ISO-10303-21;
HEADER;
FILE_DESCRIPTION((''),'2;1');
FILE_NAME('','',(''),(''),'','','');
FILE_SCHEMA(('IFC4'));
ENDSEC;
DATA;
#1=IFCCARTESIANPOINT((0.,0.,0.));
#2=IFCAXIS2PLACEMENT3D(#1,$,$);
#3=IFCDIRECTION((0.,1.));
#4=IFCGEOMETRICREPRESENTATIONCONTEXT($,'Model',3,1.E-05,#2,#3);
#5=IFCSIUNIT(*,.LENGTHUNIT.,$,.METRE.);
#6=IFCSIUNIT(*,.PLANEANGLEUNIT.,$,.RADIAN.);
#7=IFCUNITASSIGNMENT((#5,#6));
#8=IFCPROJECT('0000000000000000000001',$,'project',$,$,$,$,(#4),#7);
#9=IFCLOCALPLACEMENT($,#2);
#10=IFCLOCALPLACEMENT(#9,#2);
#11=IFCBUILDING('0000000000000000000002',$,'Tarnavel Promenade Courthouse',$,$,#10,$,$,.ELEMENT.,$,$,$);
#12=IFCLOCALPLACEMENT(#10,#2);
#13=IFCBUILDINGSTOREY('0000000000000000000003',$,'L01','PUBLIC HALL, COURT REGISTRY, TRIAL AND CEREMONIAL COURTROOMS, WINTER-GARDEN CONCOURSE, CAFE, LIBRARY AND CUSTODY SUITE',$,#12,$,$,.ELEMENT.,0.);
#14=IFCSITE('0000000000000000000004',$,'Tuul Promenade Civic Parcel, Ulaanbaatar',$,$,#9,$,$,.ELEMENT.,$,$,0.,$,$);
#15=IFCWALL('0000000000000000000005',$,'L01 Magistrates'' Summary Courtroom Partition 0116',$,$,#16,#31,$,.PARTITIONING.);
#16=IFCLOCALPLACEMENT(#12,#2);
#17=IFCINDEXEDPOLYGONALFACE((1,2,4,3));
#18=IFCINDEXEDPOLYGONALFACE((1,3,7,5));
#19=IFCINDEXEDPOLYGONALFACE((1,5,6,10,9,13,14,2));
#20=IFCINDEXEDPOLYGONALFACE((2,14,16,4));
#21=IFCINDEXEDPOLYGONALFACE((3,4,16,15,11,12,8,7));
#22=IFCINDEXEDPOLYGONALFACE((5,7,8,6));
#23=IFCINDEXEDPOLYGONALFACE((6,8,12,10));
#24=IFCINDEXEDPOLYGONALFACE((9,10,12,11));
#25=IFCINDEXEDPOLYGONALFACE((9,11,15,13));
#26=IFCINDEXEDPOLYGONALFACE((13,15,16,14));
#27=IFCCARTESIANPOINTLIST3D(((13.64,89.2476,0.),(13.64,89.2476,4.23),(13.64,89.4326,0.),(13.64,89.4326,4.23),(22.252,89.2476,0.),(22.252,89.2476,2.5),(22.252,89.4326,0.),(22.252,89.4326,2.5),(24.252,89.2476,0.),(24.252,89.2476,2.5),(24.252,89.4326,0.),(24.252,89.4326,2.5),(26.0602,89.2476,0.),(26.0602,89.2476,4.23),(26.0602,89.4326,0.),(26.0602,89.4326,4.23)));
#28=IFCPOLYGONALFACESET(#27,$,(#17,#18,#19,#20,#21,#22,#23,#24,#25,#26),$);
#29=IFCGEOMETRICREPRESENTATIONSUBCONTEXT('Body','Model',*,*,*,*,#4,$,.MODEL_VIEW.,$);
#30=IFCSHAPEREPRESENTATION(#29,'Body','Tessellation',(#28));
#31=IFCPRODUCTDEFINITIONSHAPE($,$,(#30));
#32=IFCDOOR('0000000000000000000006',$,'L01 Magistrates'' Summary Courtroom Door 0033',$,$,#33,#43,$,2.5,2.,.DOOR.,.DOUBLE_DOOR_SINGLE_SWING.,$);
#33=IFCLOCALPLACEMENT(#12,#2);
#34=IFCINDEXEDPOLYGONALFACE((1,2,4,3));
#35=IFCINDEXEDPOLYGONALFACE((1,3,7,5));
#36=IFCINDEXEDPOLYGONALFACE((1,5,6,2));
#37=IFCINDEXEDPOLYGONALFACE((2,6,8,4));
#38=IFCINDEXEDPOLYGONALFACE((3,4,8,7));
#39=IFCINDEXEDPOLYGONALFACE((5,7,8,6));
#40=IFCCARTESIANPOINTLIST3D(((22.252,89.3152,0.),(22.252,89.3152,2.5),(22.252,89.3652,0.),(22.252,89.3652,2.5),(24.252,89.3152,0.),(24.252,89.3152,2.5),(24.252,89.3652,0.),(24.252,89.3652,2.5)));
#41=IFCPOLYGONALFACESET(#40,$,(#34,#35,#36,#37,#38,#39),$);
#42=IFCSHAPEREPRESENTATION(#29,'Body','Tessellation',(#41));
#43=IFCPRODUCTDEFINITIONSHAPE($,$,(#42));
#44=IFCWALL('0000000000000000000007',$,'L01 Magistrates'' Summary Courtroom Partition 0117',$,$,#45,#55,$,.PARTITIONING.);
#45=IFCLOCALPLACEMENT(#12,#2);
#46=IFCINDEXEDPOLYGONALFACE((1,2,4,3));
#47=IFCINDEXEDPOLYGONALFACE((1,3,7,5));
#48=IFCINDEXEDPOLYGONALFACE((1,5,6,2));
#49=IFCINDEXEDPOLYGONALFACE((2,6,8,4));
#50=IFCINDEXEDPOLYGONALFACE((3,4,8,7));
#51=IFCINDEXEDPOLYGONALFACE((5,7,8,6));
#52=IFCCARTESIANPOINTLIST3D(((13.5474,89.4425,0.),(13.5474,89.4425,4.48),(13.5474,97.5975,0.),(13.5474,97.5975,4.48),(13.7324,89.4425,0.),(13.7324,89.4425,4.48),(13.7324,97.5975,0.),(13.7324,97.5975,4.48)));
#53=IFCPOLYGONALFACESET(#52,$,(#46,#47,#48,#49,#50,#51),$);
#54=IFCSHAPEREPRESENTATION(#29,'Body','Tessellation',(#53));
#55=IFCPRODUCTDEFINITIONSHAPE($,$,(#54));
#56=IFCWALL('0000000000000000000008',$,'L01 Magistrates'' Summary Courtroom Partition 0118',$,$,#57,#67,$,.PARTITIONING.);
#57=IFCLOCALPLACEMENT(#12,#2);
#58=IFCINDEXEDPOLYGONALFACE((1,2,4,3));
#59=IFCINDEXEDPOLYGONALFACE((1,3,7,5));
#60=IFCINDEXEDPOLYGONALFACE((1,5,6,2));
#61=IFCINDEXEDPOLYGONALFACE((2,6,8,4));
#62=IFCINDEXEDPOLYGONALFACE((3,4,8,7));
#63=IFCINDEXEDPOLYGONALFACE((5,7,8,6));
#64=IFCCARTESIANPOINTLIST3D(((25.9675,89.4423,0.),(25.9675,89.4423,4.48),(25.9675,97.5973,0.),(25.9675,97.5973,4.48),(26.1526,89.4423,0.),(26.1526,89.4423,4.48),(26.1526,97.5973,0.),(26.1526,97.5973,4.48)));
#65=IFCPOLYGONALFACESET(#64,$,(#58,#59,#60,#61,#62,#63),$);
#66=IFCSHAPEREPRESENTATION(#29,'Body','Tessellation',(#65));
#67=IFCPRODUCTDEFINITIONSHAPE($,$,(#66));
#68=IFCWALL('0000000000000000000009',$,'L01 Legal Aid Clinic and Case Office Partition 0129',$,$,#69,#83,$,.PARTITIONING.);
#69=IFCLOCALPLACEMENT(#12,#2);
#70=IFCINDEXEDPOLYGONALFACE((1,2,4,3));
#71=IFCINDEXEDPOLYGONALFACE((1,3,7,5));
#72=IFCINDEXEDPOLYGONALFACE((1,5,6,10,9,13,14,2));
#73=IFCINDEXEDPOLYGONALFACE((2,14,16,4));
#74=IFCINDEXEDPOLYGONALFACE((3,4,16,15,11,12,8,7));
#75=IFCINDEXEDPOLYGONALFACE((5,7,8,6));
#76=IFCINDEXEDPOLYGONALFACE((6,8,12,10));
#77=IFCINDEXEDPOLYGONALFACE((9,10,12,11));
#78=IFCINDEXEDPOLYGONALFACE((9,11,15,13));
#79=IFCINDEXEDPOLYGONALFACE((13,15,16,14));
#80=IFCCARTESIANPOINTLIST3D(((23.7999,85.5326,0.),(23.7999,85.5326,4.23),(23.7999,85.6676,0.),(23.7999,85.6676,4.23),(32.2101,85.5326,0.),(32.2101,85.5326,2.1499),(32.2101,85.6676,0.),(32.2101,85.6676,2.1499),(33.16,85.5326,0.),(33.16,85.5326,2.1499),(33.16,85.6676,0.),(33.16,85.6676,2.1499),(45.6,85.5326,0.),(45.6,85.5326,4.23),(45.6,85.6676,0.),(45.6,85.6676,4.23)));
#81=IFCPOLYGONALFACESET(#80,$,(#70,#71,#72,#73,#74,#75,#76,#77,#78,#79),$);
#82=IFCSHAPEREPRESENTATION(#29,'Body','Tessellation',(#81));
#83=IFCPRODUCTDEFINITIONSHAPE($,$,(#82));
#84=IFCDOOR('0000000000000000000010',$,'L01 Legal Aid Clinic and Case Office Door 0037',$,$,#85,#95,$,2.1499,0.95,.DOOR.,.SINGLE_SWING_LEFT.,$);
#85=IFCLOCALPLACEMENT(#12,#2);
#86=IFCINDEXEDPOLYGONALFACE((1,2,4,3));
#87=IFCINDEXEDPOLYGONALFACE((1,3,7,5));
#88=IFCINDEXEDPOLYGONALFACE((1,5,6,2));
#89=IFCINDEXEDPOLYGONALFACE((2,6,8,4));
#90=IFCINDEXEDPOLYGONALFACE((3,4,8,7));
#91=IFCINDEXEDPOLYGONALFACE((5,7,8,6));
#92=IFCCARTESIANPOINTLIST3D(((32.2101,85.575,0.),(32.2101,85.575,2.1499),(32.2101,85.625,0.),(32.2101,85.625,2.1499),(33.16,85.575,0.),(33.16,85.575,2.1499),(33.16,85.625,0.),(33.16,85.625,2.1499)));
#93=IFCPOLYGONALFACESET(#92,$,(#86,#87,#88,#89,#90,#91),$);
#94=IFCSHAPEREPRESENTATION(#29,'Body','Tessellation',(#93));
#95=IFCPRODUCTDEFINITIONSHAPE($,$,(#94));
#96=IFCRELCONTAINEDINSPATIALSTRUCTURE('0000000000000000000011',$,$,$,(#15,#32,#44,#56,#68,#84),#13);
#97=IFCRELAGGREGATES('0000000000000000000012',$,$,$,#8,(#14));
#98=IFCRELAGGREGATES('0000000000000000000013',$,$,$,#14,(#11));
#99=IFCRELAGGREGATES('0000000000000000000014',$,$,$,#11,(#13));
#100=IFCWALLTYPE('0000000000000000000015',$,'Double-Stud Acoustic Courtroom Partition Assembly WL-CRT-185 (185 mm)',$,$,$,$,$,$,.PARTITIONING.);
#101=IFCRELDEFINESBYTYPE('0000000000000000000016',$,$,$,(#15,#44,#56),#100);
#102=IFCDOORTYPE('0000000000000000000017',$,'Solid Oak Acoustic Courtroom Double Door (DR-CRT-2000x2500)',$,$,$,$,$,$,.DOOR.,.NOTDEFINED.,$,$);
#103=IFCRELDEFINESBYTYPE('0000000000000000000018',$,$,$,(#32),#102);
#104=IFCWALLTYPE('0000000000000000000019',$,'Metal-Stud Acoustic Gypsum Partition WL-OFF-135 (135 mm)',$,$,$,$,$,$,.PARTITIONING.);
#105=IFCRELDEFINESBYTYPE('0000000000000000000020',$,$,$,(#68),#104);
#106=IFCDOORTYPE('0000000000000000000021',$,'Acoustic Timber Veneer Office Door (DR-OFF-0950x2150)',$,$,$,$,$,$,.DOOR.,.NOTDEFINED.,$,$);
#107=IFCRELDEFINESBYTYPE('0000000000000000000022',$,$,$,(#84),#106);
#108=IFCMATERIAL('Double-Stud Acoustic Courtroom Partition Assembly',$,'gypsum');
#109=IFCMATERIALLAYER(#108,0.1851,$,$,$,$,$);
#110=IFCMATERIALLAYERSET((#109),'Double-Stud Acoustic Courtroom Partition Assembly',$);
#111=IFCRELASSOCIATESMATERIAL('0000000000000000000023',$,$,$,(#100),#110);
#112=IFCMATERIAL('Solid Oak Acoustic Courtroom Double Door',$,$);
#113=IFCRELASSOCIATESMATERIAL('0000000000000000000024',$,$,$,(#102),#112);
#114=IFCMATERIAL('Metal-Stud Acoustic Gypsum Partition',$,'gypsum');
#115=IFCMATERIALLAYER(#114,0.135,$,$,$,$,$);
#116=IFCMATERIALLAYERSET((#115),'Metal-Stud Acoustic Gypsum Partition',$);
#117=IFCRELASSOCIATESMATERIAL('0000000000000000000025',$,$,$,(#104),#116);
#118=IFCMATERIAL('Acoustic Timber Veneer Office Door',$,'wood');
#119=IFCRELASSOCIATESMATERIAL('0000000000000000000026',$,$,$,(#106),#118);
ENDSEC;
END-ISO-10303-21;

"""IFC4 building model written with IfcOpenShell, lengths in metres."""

from ifc_helpers import new_model, si_unit, direction, frame, frame_2d, origin, place, context, subcontext, project, spatial, rectangle, extrude, material, layer, layer_set, type_object, element, fill, save


model = new_model("IFC4")

# Units and contexts
model_context = context("Model", 3, precision=1e-05, world=origin(), true_north=direction((0.0, 1.0)))
body_context = subcontext(model_context, "Body", "Model", "MODEL_VIEW")
ifc_project = project(units=[si_unit("LENGTHUNIT", "METRE"), si_unit("PLANEANGLEUNIT", "RADIAN")], contexts=[model_context])

# Site, building, storey
site_placement = place(None, origin())
site = spatial("IfcSite", under=ifc_project, at=site_placement, Name="Tuul Promenade Civic Parcel, Ulaanbaatar", CompositionType="ELEMENT", RefElevation=0.0)
building_placement = place(site_placement, origin())
building = spatial("IfcBuilding", under=site, at=building_placement, Name="Tarnavel Promenade Courthouse", CompositionType="ELEMENT")
storey_placement = place(building_placement, origin())
storey = spatial("IfcBuildingStorey", under=building, at=storey_placement, Name="L01", Description="PUBLIC HALL, COURT REGISTRY, TRIAL AND CEREMONIAL COURTROOMS, WINTER-GARDEN CONCOURSE, CAFE, LIBRARY AND CUSTODY SUITE", CompositionType="ELEMENT", Elevation=0.0)

# Shared definitions
ifc_material_1 = material(Name="Double-Stud Acoustic Courtroom Partition Assembly", Category="gypsum")
ifc_layer_1 = layer(ifc_material_1, 0.1851)
ifc_layer_set_1 = layer_set([ifc_layer_1], Name="Double-Stud Acoustic Courtroom Partition Assembly")
wall_type_1 = type_object("IfcWallType", Name="Double-Stud Acoustic Courtroom Partition Assembly WL-CRT-185 (185 mm)", PredefinedType="PARTITIONING", material=ifc_layer_set_1)

# Wall, opening, door
wall_1_placement = place(storey_placement, frame((26.0601, 89.3401, 0.0), z_axis=(0.0, 0.0, 1.0), x_axis=(-1.0, 0.0, 0.0)))
wall_1 = element("IfcWall", 1, at=wall_1_placement, inside=storey, type_object=wall_type_1, Name="L01 Magistrates' Summary Courtroom Partition 0116", PredefinedType="PARTITIONING", context=body_context, shape_type="SweptSolid", body=[
    extrude(rectangle(XDim=12.4202, YDim=0.1851, at=frame_2d((6.21, 0.0))), origin(), (0.0, 0.0, 1.0), 4.23),
])
opening_1_placement = place(wall_1_placement, frame((1.8081, 0.0, 0.0)))
opening_1 = element("IfcOpeningElement", 2, at=opening_1_placement, cuts=wall_1, PredefinedType="OPENING", context=body_context, shape_type="SweptSolid", body=[
    extrude(rectangle(XDim=2.0, YDim=2.5, at=frame_2d((1.0, 1.25))), frame((0.0, 0.1025, 0.0), z_axis=(0.0, -1.0, 0.0), x_axis=(1.0, 0.0, 0.0)), (0.0, 0.0, 1.0), 0.2051),
])
ifc_material_2 = material(Name="Solid Oak Acoustic Courtroom Double Door")
door_type_1 = type_object("IfcDoorType", Name="Solid Oak Acoustic Courtroom Double Door (DR-CRT-2000x2500)", OperationType="NOTDEFINED", PredefinedType="DOOR", material=ifc_material_2)
door_1_placement = place(opening_1_placement, origin())
door_1 = element("IfcDoor", 3, at=door_1_placement, inside=storey, type_object=door_type_1, Name="L01 Magistrates' Summary Courtroom Door 0033", OperationType="DOUBLE_DOOR_SINGLE_SWING", OverallHeight=2.5, OverallWidth=2.0, PredefinedType="DOOR", context=body_context, shape_type="SweptSolid", body=[
    extrude(rectangle(XDim=2.0, YDim=2.5, at=frame_2d((1.0, 1.25))), frame((0.0, 0.0249, 0.0), z_axis=(0.0, -1.0, 0.0), x_axis=(1.0, 0.0, 0.0)), (0.0, 0.0, 1.0), 0.05),
])
fill(opening_1, door_1)

# Walls
for number, where, z_axis, x_axis, name in (
    (4, (13.6399, 89.4424, 0.0), (0.0, 0.0, 1.0), (0.0, 1.0, 0.0), "L01 Magistrates' Summary Courtroom Partition 0117"),
    (5, (26.0601, 97.5974, 0.0), (0.0, 0.0, 1.0), (0.0, -1.0, 0.0), "L01 Magistrates' Summary Courtroom Partition 0118"),
):
    element("IfcWall", number, at=place(storey_placement, frame(where, z_axis=z_axis, x_axis=x_axis)), inside=storey, type_object=wall_type_1, Name=name, PredefinedType="PARTITIONING", context=body_context, shape_type="SweptSolid", body=[
        extrude(rectangle(XDim=8.155, YDim=0.1851, at=frame_2d((4.0776, 0.0))), origin(), (0.0, 0.0, 1.0), 4.48),
    ])

# Wall, opening, door
ifc_material_3 = material(Name="Metal-Stud Acoustic Gypsum Partition", Category="gypsum")
ifc_layer_2 = layer(ifc_material_3, 0.135)
ifc_layer_set_2 = layer_set([ifc_layer_2], Name="Metal-Stud Acoustic Gypsum Partition")
wall_type_2 = type_object("IfcWallType", Name="Metal-Stud Acoustic Gypsum Partition WL-OFF-135 (135 mm)", PredefinedType="PARTITIONING", material=ifc_layer_set_2)
wall_2_placement = place(storey_placement, frame((23.8, 85.6001, 0.0), z_axis=(0.0, 0.0, 1.0), x_axis=(1.0, 0.0, 0.0)))
wall_2 = element("IfcWall", 6, at=wall_2_placement, inside=storey, type_object=wall_type_2, Name="L01 Legal Aid Clinic and Case Office Partition 0129", PredefinedType="PARTITIONING", context=body_context, shape_type="SweptSolid", body=[
    extrude(rectangle(XDim=21.8, YDim=0.135, at=frame_2d((10.8999, 0.0))), origin(), (0.0, 0.0, 1.0), 4.23),
])
opening_2_placement = place(wall_2_placement, frame((8.4099, 0.0, 0.0)))
opening_2 = element("IfcOpeningElement", 7, at=opening_2_placement, cuts=wall_2, PredefinedType="OPENING", context=body_context, shape_type="SweptSolid", body=[
    extrude(rectangle(XDim=0.95, YDim=2.1499, at=frame_2d((0.4751, 1.075))), frame((0.0, 0.0774, 0.0), z_axis=(0.0, -1.0, 0.0), x_axis=(1.0, 0.0, 0.0)), (0.0, 0.0, 1.0), 0.155),
])
ifc_material_4 = material(Name="Acoustic Timber Veneer Office Door", Category="wood")
door_type_2 = type_object("IfcDoorType", Name="Acoustic Timber Veneer Office Door (DR-OFF-0950x2150)", OperationType="NOTDEFINED", PredefinedType="DOOR", material=ifc_material_4)
door_2_placement = place(opening_2_placement, origin())
door_2 = element("IfcDoor", 8, at=door_2_placement, inside=storey, type_object=door_type_2, Name="L01 Legal Aid Clinic and Case Office Door 0037", OperationType="SINGLE_SWING_LEFT", OverallHeight=2.1499, OverallWidth=0.95, PredefinedType="DOOR", context=body_context, shape_type="SweptSolid", body=[
    extrude(rectangle(XDim=0.95, YDim=2.1499, at=frame_2d((0.4751, 1.075))), frame((0.0, 0.0249, 0.0), z_axis=(0.0, -1.0, 0.0), x_axis=(1.0, 0.0, 0.0)), (0.0, 0.0, 1.0), 0.05),
])
fill(opening_2, door_2)

save(model, "model.ifc")
